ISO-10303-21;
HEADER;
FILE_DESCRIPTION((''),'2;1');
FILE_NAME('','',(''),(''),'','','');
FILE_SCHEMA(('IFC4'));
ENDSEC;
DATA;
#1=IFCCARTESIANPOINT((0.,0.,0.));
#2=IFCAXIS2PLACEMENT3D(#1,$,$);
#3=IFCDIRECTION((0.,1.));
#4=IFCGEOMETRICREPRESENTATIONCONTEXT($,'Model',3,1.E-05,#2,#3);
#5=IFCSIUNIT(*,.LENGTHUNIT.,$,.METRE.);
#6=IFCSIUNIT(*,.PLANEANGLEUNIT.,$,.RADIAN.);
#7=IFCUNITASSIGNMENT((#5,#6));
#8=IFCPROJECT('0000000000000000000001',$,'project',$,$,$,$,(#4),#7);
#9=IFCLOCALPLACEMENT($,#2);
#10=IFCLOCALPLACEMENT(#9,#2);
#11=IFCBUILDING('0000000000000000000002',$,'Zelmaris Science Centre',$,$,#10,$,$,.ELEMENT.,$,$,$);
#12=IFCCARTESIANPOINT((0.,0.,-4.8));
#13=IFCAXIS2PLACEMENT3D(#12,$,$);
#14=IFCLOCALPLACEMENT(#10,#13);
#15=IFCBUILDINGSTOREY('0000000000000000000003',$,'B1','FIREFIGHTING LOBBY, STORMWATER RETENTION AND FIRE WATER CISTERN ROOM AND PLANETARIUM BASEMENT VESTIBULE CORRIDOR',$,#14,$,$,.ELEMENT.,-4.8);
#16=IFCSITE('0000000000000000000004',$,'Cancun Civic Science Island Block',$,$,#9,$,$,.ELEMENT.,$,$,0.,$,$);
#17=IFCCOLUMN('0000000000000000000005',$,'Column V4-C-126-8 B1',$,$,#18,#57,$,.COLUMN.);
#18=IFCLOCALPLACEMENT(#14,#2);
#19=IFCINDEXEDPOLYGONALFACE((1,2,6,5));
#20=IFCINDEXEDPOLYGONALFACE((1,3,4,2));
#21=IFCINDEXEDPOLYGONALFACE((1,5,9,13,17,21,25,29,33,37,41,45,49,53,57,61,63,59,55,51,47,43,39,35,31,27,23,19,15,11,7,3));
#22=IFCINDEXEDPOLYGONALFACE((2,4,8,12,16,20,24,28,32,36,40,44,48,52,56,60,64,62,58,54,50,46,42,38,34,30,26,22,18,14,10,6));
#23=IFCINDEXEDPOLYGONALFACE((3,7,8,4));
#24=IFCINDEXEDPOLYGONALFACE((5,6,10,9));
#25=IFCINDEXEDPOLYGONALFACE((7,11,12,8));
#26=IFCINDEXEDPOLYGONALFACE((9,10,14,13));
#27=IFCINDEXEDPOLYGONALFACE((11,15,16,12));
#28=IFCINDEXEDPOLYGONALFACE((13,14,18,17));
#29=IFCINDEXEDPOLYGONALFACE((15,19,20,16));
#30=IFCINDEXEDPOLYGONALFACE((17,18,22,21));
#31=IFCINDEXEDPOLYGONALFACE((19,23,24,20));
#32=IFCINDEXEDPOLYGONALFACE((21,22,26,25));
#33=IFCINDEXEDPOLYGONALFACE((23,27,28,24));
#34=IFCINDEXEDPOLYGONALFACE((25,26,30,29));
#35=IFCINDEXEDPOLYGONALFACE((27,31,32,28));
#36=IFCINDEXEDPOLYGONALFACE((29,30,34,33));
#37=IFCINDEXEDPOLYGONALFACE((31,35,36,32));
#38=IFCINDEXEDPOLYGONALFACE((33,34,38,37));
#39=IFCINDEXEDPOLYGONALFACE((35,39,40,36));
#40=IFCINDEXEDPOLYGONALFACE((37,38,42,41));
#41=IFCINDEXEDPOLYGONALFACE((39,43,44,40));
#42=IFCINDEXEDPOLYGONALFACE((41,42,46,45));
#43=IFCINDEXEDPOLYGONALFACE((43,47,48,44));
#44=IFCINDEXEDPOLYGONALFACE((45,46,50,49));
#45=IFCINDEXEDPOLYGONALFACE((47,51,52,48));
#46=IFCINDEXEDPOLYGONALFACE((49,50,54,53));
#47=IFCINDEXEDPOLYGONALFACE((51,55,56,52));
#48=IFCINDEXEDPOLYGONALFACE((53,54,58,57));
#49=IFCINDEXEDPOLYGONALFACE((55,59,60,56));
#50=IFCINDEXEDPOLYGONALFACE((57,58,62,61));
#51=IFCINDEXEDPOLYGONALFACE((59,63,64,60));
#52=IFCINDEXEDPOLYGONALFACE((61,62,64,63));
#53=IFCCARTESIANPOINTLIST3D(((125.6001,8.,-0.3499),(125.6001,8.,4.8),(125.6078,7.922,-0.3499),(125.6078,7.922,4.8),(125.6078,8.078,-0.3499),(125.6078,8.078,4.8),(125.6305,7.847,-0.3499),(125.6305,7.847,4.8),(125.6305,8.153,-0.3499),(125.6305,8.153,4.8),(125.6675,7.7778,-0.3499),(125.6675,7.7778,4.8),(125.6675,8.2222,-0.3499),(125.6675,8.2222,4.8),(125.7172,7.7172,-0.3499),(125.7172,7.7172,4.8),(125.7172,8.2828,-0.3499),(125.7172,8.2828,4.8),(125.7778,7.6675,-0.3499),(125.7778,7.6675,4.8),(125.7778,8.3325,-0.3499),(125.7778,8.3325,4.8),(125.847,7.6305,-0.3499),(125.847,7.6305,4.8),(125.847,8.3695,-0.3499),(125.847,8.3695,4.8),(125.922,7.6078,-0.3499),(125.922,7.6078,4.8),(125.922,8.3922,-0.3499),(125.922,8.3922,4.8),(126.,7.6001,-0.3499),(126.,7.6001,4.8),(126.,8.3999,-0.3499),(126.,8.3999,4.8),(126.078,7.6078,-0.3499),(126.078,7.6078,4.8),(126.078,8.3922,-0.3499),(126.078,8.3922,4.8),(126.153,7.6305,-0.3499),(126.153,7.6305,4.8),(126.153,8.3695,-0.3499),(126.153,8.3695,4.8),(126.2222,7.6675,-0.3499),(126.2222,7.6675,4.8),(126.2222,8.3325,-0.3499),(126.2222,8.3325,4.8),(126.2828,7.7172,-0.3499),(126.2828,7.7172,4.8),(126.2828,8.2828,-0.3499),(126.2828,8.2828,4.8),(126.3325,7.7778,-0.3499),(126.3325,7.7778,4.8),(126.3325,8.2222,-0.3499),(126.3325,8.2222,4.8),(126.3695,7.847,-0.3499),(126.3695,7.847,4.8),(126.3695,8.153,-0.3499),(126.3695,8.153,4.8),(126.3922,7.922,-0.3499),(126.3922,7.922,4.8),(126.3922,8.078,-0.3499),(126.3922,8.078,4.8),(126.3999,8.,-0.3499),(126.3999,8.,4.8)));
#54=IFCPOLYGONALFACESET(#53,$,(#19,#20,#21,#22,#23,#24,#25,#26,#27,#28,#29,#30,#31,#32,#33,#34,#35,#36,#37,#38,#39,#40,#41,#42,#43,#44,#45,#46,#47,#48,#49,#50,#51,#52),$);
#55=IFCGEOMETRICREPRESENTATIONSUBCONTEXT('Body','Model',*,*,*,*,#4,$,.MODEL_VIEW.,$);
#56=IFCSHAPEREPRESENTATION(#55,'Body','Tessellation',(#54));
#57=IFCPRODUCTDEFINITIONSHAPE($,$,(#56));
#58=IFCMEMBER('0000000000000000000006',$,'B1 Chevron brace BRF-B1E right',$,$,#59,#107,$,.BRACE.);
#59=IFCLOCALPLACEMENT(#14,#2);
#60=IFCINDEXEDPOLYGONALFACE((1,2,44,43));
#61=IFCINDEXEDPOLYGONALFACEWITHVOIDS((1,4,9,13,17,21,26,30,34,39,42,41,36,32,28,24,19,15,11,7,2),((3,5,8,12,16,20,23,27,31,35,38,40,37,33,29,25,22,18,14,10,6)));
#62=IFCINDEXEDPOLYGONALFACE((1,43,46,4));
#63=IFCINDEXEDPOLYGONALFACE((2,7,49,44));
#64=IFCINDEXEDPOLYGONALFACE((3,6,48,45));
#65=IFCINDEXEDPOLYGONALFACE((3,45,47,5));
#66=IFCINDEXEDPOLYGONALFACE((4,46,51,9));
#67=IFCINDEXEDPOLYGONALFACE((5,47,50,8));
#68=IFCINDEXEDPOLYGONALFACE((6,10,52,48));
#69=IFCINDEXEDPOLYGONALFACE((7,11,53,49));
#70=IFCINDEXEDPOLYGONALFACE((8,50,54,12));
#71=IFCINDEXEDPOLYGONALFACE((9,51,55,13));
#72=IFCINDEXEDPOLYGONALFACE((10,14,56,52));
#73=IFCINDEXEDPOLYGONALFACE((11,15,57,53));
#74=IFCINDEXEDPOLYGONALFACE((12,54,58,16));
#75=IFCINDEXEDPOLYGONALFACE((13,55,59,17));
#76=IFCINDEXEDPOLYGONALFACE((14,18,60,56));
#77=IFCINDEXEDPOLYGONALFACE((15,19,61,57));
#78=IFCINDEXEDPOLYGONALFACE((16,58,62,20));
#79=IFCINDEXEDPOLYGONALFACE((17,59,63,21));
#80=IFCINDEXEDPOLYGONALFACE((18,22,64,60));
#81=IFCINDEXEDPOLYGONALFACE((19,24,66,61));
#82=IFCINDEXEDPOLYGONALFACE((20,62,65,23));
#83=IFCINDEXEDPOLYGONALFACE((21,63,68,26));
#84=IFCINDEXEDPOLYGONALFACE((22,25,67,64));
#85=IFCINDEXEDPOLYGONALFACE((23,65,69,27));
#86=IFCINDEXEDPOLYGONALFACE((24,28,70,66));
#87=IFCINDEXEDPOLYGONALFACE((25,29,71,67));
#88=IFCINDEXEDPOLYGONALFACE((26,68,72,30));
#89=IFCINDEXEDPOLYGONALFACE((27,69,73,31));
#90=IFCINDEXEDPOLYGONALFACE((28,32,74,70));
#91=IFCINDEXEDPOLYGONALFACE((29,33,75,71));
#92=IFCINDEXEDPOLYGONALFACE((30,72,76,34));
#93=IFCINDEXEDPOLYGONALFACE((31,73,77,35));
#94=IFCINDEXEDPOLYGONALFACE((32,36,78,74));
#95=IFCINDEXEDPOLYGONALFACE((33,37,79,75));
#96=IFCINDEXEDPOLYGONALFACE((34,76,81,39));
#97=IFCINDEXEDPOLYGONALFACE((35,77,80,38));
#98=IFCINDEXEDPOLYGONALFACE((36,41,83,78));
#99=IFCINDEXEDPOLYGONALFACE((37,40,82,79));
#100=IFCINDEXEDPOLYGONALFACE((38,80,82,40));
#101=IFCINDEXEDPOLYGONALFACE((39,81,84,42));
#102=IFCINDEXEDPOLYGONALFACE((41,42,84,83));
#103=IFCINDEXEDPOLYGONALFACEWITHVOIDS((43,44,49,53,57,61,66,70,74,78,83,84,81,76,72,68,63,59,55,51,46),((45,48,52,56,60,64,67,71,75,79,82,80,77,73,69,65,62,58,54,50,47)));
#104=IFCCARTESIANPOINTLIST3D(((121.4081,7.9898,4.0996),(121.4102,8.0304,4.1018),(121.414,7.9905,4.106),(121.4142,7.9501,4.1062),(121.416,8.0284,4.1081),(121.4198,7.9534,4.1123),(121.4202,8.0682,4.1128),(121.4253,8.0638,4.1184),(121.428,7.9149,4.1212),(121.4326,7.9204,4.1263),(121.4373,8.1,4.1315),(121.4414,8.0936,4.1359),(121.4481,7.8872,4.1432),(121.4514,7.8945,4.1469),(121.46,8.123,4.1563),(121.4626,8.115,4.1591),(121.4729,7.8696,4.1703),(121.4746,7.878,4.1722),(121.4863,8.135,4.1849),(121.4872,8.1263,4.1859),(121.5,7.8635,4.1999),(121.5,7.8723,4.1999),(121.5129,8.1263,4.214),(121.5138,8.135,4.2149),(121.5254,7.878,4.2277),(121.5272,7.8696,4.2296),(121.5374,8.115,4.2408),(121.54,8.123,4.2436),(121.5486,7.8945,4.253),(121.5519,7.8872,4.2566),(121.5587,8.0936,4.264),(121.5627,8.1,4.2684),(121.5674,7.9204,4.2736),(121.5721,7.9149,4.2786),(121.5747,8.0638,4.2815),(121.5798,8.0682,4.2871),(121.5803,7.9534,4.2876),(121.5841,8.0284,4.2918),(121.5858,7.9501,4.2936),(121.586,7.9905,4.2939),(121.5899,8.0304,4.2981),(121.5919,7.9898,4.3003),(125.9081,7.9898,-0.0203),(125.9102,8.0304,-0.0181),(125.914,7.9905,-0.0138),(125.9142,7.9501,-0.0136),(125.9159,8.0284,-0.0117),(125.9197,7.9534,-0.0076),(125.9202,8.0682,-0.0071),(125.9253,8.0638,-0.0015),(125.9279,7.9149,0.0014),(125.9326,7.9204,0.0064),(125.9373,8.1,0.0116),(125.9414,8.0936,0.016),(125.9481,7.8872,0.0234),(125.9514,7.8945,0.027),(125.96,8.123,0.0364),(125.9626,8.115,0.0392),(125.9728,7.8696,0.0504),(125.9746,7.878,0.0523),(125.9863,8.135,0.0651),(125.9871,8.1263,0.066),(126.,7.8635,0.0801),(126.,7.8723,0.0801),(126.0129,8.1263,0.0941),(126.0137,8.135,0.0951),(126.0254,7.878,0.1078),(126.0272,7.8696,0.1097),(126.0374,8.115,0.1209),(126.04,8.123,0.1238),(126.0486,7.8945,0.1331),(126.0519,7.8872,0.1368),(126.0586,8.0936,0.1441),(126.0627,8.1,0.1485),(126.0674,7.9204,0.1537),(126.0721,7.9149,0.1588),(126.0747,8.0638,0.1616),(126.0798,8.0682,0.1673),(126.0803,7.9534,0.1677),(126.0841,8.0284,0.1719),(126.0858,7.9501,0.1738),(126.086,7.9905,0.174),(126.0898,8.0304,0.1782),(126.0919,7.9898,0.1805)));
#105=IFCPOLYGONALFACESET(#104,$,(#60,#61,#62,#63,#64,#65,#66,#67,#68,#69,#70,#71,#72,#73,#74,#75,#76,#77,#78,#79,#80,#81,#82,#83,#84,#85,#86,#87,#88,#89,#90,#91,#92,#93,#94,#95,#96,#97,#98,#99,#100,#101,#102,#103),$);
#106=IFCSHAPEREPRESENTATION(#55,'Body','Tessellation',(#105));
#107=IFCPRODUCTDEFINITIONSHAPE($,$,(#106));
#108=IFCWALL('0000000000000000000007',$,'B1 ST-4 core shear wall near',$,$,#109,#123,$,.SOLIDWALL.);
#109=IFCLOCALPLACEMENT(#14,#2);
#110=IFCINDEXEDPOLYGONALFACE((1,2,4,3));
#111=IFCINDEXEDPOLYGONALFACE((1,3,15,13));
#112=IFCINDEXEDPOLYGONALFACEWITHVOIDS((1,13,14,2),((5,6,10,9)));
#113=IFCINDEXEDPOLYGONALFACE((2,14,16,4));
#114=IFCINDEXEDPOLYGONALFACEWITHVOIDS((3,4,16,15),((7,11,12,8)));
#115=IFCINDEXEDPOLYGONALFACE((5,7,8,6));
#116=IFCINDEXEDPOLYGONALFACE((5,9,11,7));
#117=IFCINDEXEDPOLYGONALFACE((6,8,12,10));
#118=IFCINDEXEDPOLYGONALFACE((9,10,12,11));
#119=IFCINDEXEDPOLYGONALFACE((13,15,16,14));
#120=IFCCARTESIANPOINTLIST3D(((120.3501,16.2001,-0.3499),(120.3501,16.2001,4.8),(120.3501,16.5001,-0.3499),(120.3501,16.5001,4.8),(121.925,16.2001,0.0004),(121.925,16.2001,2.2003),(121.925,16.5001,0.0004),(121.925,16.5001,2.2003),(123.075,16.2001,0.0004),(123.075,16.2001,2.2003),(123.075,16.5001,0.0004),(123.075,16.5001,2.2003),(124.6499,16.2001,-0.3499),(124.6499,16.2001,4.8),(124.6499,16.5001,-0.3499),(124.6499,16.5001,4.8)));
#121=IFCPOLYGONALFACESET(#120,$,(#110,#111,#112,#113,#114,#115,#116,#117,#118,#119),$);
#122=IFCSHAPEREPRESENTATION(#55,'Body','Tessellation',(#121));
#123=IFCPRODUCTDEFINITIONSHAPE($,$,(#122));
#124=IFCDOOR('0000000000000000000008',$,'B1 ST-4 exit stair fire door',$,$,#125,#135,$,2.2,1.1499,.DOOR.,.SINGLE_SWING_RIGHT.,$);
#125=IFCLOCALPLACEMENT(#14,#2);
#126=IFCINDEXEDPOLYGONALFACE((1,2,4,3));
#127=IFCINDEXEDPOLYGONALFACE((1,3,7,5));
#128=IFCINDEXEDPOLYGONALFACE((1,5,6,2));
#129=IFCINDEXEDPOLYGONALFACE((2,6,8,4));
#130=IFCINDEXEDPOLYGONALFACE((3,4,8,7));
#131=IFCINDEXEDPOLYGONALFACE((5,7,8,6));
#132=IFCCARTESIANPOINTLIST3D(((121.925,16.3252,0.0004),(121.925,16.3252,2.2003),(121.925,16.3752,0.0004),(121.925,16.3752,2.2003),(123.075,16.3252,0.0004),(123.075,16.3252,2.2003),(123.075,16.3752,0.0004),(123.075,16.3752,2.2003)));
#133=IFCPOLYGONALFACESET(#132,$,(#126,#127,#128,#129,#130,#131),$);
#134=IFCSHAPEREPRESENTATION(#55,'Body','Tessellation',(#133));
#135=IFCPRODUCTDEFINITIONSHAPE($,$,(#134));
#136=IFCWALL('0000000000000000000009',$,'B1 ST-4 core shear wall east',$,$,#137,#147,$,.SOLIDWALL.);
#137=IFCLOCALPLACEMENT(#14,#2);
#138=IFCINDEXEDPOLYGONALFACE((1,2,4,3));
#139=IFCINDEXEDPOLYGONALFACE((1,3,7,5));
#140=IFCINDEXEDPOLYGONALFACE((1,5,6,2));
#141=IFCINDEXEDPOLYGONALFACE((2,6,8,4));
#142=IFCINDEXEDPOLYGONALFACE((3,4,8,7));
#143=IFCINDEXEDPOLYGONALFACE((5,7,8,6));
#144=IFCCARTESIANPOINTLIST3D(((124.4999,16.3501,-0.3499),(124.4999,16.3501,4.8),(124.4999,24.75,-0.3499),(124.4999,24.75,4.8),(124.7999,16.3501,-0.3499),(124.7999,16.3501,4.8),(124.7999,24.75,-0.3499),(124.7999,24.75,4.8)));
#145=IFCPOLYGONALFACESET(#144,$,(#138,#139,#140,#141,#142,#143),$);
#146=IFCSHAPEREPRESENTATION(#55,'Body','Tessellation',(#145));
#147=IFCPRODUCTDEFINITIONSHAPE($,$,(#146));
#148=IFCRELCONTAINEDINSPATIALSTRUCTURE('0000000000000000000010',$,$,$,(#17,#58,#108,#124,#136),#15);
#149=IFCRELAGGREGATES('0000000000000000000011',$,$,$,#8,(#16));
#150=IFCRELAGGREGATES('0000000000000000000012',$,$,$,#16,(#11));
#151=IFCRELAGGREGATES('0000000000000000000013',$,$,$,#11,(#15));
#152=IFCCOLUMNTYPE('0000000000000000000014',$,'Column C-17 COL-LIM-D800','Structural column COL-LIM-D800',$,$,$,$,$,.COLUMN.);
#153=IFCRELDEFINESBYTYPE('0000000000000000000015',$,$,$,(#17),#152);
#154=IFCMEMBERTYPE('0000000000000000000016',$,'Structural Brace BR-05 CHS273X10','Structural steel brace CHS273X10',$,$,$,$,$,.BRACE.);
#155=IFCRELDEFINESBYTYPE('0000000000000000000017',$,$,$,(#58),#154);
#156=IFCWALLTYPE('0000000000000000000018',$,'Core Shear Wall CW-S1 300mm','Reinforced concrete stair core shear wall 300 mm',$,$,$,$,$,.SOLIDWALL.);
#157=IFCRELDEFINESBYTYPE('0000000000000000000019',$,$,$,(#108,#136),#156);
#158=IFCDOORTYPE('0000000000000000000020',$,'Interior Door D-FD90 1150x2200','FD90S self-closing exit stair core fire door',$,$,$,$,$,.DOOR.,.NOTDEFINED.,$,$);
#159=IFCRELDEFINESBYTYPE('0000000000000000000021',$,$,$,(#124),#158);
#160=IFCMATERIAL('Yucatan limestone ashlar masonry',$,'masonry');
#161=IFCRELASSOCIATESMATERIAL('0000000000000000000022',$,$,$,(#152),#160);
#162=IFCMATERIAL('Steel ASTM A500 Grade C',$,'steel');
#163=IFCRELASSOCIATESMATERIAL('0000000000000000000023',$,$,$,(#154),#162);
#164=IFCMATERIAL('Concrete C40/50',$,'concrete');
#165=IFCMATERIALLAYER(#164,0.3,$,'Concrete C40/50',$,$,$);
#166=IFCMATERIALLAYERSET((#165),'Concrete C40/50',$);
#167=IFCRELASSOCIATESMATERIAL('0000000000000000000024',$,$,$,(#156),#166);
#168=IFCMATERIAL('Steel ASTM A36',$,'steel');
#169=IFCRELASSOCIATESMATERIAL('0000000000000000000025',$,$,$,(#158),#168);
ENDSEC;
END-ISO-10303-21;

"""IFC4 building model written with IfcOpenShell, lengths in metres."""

from ifc_helpers import new_model, si_unit, direction, frame, frame_2d, origin, origin_2d, place, context, subcontext, project, spatial, rectangle, circle, hollow_circle, extrude, material, layer, layer_set, material_profile, profile_set, type_object, element, fill, save


model = new_model("IFC4")

# Units and contexts
model_context = context("Model", 3, precision=1e-05, world=origin(), true_north=direction((0.0, 1.0)))
body_context = subcontext(model_context, "Body", "Model", "MODEL_VIEW")
ifc_project = project(units=[si_unit("LENGTHUNIT", "METRE"), si_unit("PLANEANGLEUNIT", "RADIAN")], contexts=[model_context])

# Site, building, storey
site_placement = place(None, origin())
site = spatial("IfcSite", under=ifc_project, at=site_placement, Name="Cancun Civic Science Island Block", CompositionType="ELEMENT", RefElevation=0.0)
building_placement = place(site_placement, origin())
building = spatial("IfcBuilding", under=site, at=building_placement, Name="Zelmaris Science Centre", CompositionType="ELEMENT")
storey_placement = place(building_placement, frame((0.0, 0.0, -4.8)))
storey = spatial("IfcBuildingStorey", under=building, at=storey_placement, Name="B1", Description="FIREFIGHTING LOBBY, STORMWATER RETENTION AND FIRE WATER CISTERN ROOM AND PLANETARIUM BASEMENT VESTIBULE CORRIDOR", CompositionType="ELEMENT", Elevation=-4.8)

# Shared definitions
ifc_material_1 = material(Name="Concrete C40/50", Category="concrete")

# Column
ifc_material_2 = material(Name="Yucatan limestone ashlar masonry", Category="masonry")
ifc_material_profile_1 = material_profile(ifc_material_2, circle(Radius=0.3999, at=origin_2d()), Name="COL-LIM-D800")
ifc_profile_set_1 = profile_set([ifc_material_profile_1], Name="Yucatan limestone ashlar masonry")
column_type_1 = type_object("IfcColumnType", Name="Column C-17 COL-LIM-D800", Description="Structural column COL-LIM-D800", PredefinedType="COLUMN", material=ifc_profile_set_1)
column_1_placement = place(storey_placement, frame((126.0, 8.0, -0.3499), z_axis=(0.0, 0.0, 1.0), x_axis=(1.0, 0.0, 0.0)))
element("IfcColumn", 1, at=column_1_placement, inside=storey, type_object=column_type_1, Name="Column V4-C-126-8 B1", PredefinedType="COLUMN", context=body_context, shape_type="SweptSolid", body=[
    extrude(circle(Radius=0.3999, at=origin_2d()), origin(), (0.0, 0.0, 1.0), 5.1499),
])

# Member
ifc_material_3 = material(Name="Steel ASTM A500 Grade C", Category="steel")
ifc_material_profile_2 = material_profile(ifc_material_3, hollow_circle(Radius=0.1365, WallThickness=0.0088, at=origin_2d()), Name="CHS273X10")
ifc_profile_set_2 = profile_set([ifc_material_profile_2], Name="Steel ASTM A500 Grade C")
member_type = type_object("IfcMemberType", Name="Structural Brace BR-05 CHS273X10", Description="Structural steel brace CHS273X10", PredefinedType="BRACE", material=ifc_profile_set_2)
member_placement = place(storey_placement, frame((126.0, 8.0, 0.0801), z_axis=(-0.737573, 0.0, 0.675268), x_axis=(0.0, -1.0, 0.0)))
element("IfcMember", 2, at=member_placement, inside=storey, type_object=member_type, Name="B1 Chevron brace BRF-B1E right", PredefinedType="BRACE", context=body_context, shape_type="SweptSolid", body=[
    extrude(hollow_circle(Radius=0.1365, WallThickness=0.0088, at=origin_2d()), origin(), (0.0, 0.0, 1.0), 6.1011),
])

# Wall, opening, door
ifc_layer = layer(ifc_material_1, 0.3, Name="Concrete C40/50")
ifc_layer_set = layer_set([ifc_layer], Name="Concrete C40/50")
wall_type = type_object("IfcWallType", Name="Core Shear Wall CW-S1 300mm", Description="Reinforced concrete stair core shear wall 300 mm", PredefinedType="SOLIDWALL", material=ifc_layer_set)
wall_1_placement = place(storey_placement, frame((124.6499, 16.3501, -0.3499), z_axis=(0.0, 0.0, 1.0), x_axis=(-1.0, 0.0, 0.0)))
wall_1 = element("IfcWall", 3, at=wall_1_placement, inside=storey, type_object=wall_type, Name="B1 ST-4 core shear wall near", PredefinedType="SOLIDWALL", context=body_context, shape_type="SweptSolid", body=[
    extrude(rectangle(XDim=4.2998, YDim=0.3, at=frame_2d((2.1499, 0.0))), origin(), (0.0, 0.0, 1.0), 5.1499),
])
opening_placement = place(wall_1_placement, frame((1.575, 0.0, 0.3501)))
opening = element("IfcOpeningElement", 4, at=opening_placement, cuts=wall_1, PredefinedType="OPENING", context=body_context, shape_type="SweptSolid", body=[
    extrude(rectangle(XDim=1.1499, YDim=2.2, at=frame_2d((0.575, 1.1001))), frame((0.0, 0.1599, 0.0), z_axis=(0.0, -1.0, 0.0), x_axis=(1.0, 0.0, 0.0)), (0.0, 0.0, 1.0), 0.3201),
])
ifc_material_4 = material(Name="Steel ASTM A36", Category="steel")
door_type = type_object("IfcDoorType", Name="Interior Door D-FD90 1150x2200", Description="FD90S self-closing exit stair core fire door", OperationType="NOTDEFINED", PredefinedType="DOOR", material=ifc_material_4)
door_placement = place(opening_placement, origin())
door = element("IfcDoor", 5, at=door_placement, inside=storey, type_object=door_type, Name="B1 ST-4 exit stair fire door", OperationType="SINGLE_SWING_RIGHT", OverallHeight=2.2, OverallWidth=1.1499, PredefinedType="DOOR", context=body_context, shape_type="SweptSolid", body=[
    extrude(rectangle(XDim=1.1499, YDim=2.2, at=frame_2d((0.575, 1.1001))), frame((0.0, 0.0249, 0.0), z_axis=(0.0, -1.0, 0.0), x_axis=(1.0, 0.0, 0.0)), (0.0, 0.0, 1.0), 0.05),
])
fill(opening, door)

# Wall
wall_2_placement = place(storey_placement, frame((124.6499, 16.3501, -0.3499), z_axis=(0.0, 0.0, 1.0), x_axis=(0.0, 1.0, 0.0)))
element("IfcWall", 6, at=wall_2_placement, inside=storey, type_object=wall_type, Name="B1 ST-4 core shear wall east", PredefinedType="SOLIDWALL", context=body_context, shape_type="SweptSolid", body=[
    extrude(rectangle(XDim=8.3999, YDim=0.3, at=frame_2d((4.2, 0.0))), origin(), (0.0, 0.0, 1.0), 5.1499),
])

save(model, "model.ifc")
